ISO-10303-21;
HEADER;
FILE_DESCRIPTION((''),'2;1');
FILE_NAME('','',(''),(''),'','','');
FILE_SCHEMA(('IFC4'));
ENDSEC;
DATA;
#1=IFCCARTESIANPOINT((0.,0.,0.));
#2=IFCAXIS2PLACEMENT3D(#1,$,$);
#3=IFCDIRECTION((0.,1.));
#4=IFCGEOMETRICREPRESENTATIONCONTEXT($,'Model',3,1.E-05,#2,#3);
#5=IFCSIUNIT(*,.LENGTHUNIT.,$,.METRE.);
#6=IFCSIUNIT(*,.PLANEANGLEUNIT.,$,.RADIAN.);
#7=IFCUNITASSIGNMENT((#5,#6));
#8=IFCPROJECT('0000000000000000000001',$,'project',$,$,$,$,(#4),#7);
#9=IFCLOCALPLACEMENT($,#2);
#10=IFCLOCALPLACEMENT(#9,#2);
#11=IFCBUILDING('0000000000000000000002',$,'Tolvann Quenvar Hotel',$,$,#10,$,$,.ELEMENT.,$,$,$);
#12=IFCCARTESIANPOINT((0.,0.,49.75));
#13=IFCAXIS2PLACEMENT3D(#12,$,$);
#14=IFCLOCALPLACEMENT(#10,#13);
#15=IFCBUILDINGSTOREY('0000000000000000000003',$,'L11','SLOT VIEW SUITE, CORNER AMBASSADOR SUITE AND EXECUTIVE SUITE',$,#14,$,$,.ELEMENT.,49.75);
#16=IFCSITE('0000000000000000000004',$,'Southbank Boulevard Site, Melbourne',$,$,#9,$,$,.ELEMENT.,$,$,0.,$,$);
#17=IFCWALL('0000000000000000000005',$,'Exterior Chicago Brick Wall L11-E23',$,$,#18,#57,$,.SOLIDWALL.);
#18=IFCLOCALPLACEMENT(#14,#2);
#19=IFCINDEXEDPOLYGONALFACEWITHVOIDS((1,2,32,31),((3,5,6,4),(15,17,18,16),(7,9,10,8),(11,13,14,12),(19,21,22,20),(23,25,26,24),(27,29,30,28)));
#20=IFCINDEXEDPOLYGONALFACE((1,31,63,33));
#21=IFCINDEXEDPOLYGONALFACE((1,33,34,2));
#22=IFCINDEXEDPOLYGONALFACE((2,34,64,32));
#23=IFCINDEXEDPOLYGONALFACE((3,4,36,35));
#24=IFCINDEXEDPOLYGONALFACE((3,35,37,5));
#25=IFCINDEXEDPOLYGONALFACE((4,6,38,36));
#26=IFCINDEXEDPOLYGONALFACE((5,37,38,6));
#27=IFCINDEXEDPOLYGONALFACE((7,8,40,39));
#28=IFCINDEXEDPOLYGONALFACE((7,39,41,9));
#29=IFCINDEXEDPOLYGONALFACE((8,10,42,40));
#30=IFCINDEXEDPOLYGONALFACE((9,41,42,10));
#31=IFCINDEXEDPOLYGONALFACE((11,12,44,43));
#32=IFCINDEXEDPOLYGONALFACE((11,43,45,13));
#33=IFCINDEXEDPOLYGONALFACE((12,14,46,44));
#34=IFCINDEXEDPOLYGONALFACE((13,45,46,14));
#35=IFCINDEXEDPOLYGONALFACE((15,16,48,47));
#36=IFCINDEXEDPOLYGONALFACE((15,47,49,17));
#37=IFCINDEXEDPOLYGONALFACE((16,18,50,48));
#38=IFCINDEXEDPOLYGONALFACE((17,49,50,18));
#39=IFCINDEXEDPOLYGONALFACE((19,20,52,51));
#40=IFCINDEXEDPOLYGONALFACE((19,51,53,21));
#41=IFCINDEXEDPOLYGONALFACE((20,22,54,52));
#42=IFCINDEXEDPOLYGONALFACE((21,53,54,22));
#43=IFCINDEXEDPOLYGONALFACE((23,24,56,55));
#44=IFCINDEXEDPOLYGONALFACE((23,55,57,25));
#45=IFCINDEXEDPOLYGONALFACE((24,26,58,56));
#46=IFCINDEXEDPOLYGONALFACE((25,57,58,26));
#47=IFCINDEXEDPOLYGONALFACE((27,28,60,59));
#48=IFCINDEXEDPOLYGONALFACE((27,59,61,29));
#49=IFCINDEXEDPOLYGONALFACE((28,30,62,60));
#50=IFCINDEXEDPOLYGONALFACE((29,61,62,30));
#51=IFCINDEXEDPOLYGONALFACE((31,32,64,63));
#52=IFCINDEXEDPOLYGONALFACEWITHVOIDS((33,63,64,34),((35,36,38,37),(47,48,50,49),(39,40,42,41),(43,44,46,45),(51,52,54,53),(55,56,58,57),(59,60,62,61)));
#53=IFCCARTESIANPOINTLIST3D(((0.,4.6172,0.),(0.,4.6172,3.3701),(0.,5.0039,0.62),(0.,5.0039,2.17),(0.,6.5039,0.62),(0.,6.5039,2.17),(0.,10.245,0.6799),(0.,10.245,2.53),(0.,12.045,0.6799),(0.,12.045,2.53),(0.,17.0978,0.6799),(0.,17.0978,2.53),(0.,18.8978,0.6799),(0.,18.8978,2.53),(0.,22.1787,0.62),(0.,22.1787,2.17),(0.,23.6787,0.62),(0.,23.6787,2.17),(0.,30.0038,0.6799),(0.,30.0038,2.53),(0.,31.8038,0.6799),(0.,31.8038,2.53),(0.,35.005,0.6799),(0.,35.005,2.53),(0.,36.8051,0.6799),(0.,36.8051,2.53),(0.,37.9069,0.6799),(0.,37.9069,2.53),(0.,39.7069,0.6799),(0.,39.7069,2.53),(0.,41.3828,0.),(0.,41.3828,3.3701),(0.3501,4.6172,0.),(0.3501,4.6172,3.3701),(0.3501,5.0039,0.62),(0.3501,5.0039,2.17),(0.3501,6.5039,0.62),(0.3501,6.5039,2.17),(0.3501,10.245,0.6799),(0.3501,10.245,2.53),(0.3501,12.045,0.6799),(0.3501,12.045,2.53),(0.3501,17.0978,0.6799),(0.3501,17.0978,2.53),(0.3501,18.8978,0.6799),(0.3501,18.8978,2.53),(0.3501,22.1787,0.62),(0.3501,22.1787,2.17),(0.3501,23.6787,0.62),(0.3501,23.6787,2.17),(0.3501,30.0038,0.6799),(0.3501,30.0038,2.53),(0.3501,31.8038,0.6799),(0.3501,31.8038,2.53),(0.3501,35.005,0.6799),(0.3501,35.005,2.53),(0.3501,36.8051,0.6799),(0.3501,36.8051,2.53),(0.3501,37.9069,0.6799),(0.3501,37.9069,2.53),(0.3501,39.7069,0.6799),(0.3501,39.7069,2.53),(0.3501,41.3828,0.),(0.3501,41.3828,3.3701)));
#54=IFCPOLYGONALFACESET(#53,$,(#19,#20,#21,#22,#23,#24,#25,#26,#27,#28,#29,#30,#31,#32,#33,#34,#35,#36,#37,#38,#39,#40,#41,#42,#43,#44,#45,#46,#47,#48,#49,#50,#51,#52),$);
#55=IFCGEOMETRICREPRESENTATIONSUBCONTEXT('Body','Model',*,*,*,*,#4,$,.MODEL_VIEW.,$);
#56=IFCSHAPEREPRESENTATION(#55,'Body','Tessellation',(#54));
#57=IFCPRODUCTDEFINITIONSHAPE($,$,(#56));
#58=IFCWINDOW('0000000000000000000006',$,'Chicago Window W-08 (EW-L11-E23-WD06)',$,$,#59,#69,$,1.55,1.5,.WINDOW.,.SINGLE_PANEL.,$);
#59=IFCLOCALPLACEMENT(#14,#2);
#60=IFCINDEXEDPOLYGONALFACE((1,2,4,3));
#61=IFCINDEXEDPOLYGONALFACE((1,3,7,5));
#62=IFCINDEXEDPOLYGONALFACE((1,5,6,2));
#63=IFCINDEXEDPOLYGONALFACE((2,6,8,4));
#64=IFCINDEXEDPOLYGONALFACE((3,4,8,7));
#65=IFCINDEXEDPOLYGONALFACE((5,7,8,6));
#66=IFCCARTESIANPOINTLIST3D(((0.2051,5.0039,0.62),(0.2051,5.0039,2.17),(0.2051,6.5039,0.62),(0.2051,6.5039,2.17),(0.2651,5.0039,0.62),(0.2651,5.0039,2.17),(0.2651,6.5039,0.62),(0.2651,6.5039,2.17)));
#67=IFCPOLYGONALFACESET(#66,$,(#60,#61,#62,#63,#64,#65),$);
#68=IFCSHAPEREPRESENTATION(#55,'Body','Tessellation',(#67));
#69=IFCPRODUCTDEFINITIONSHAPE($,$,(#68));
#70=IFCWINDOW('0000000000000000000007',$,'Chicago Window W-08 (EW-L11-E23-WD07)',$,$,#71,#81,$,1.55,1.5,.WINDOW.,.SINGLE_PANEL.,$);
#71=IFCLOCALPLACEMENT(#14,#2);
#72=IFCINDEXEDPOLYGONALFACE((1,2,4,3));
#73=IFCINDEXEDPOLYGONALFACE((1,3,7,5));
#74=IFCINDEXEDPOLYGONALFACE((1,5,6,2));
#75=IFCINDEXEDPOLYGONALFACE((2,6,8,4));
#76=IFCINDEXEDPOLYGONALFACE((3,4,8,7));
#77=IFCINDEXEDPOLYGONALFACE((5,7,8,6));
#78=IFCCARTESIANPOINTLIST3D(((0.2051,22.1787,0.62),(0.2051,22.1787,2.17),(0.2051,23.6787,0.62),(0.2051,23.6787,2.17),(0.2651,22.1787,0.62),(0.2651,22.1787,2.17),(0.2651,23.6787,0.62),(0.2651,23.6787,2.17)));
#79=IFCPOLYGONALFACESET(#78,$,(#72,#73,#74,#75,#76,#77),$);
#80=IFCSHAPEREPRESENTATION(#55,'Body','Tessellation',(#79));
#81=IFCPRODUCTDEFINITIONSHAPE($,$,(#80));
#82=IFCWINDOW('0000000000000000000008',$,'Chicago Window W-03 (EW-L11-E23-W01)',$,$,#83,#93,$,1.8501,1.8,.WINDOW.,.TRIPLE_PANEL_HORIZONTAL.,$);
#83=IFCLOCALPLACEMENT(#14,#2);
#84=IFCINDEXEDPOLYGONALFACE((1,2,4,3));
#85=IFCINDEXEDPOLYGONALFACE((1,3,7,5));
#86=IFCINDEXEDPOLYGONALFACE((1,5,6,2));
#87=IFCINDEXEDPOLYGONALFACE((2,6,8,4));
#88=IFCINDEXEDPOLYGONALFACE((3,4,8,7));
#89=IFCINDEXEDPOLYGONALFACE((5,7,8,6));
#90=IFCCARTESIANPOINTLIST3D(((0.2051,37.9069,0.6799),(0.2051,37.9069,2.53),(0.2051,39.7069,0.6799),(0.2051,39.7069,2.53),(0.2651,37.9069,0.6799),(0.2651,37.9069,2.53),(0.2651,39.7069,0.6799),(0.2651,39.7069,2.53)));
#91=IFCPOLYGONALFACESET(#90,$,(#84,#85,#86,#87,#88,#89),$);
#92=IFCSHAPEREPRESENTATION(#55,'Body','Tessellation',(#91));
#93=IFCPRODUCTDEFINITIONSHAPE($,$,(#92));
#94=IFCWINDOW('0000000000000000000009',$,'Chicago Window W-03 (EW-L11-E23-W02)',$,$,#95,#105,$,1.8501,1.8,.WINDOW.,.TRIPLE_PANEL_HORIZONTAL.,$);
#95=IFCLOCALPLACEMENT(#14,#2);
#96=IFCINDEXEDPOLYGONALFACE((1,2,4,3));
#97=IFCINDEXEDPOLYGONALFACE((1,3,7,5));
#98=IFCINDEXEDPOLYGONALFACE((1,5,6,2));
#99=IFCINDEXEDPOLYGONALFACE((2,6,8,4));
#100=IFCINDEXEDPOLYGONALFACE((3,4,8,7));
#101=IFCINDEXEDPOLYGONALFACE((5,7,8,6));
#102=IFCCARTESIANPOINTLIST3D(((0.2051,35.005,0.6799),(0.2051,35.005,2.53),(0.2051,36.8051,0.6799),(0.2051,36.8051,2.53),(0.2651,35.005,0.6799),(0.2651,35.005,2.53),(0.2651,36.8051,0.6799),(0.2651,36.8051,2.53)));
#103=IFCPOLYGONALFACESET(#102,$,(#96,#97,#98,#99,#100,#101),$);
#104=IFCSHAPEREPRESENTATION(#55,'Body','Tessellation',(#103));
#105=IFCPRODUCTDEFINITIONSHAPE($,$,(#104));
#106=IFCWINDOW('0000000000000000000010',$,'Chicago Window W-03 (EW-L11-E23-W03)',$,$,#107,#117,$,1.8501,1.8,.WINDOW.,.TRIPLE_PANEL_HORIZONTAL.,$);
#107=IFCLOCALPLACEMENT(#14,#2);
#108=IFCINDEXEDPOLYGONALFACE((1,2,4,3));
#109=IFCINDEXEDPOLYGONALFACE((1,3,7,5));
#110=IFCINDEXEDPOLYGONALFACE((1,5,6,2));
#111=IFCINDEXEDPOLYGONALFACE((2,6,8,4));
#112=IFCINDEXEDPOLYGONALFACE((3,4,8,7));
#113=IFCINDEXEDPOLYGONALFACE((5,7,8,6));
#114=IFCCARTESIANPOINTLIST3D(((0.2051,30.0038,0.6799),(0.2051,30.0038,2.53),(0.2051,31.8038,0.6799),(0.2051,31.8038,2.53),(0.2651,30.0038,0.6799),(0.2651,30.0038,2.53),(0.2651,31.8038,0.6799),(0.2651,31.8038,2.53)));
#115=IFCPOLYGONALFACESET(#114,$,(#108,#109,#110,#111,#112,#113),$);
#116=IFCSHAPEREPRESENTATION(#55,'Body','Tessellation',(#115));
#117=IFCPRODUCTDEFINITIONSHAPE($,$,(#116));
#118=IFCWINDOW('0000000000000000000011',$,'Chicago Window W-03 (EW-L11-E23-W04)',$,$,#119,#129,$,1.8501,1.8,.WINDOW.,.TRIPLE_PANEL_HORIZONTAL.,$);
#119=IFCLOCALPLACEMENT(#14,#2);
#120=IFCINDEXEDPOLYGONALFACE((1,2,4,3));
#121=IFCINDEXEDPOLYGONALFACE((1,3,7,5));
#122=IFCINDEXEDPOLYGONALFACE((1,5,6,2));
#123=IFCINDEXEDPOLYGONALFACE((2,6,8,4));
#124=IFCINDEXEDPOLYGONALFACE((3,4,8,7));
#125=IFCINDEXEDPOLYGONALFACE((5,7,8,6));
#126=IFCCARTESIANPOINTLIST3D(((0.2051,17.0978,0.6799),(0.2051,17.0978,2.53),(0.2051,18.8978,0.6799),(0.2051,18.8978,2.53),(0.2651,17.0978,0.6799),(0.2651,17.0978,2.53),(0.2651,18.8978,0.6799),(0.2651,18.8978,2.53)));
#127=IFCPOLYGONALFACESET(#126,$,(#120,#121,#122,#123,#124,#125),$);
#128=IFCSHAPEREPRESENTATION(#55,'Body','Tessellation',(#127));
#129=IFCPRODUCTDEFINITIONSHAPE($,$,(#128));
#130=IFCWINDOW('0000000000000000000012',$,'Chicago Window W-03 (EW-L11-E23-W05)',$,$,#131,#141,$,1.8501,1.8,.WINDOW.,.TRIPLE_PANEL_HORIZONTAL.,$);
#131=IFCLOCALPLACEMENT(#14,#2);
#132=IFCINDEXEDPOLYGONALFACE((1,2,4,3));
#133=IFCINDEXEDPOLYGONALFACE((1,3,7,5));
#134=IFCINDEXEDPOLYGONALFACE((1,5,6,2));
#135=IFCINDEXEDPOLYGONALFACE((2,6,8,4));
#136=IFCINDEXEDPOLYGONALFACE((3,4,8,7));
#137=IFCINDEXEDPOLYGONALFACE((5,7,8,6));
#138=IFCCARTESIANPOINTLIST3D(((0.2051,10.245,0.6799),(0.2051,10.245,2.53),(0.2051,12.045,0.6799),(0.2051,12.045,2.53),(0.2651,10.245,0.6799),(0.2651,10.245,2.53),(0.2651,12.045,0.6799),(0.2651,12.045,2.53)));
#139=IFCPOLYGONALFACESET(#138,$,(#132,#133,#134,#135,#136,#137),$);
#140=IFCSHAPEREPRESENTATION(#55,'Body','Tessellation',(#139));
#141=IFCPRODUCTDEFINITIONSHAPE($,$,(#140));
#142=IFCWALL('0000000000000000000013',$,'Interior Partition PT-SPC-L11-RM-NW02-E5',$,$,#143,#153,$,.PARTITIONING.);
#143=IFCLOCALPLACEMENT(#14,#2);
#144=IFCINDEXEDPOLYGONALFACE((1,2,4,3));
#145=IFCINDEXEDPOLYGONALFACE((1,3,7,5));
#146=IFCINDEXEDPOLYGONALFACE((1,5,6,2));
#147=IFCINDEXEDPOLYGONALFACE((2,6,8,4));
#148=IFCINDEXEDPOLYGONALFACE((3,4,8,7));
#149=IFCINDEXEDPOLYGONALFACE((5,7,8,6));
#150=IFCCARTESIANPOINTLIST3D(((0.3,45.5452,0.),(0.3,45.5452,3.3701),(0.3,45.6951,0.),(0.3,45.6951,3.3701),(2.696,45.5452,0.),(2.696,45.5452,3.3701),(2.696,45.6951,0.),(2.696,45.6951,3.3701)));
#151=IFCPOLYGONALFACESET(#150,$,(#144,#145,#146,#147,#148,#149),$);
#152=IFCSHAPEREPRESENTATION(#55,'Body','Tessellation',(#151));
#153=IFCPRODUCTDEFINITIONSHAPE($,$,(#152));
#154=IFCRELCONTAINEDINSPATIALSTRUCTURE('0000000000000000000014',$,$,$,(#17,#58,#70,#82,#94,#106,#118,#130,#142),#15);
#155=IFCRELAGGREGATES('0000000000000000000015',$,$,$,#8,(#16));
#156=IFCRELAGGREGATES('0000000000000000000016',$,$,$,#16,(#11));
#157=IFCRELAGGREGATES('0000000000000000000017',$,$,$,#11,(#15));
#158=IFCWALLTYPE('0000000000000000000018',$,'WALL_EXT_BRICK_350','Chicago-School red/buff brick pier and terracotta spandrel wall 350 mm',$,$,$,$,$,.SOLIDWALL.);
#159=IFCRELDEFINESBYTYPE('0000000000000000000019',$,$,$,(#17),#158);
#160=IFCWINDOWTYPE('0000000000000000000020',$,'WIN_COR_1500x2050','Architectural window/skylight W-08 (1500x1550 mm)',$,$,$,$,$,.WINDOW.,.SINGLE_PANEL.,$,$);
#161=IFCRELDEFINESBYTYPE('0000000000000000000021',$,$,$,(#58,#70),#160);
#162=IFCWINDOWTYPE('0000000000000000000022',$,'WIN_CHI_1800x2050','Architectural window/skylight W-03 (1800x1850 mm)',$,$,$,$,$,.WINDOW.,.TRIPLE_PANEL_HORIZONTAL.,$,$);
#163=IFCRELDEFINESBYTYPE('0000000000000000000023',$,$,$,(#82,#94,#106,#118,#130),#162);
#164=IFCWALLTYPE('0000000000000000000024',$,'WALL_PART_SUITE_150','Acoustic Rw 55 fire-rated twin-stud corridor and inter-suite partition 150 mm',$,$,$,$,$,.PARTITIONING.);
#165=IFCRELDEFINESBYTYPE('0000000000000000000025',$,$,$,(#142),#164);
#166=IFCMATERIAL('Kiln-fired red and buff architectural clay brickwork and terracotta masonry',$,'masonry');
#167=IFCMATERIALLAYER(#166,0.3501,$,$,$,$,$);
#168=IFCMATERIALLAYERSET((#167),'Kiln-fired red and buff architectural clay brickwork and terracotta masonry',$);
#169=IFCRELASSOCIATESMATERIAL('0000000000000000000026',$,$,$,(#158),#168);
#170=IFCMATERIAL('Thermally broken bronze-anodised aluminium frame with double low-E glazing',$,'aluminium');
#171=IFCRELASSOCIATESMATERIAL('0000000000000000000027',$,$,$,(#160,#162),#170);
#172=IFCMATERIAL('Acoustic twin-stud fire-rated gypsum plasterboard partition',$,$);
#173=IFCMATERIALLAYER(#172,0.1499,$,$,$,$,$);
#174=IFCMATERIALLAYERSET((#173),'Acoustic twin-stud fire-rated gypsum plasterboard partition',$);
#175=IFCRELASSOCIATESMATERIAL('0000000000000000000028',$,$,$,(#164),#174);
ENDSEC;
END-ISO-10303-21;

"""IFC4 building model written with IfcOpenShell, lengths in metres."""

from ifc_helpers import new_model, si_unit, direction, frame, frame_2d, origin, place, context, subcontext, project, spatial, rectangle, extrude, source, transform, mapped, material, layer, layer_set, type_object, type_shapes, element, fill, save


model = new_model("IFC4")

# Units and contexts
model_context = context("Model", 3, precision=1e-05, world=origin(), true_north=direction((0.0, 1.0)))
body_context = subcontext(model_context, "Body", "Model", "MODEL_VIEW")
ifc_project = project(units=[si_unit("LENGTHUNIT", "METRE"), si_unit("PLANEANGLEUNIT", "RADIAN")], contexts=[model_context])

# Site, building, storey
site_placement = place(None, origin())
site = spatial("IfcSite", under=ifc_project, at=site_placement, Name="Southbank Boulevard Site, Melbourne", CompositionType="ELEMENT", RefElevation=0.0)
building_placement = place(site_placement, origin())
building = spatial("IfcBuilding", under=site, at=building_placement, Name="Tolvann Quenvar Hotel", CompositionType="ELEMENT")
storey_placement = place(building_placement, frame((0.0, 0.0, 49.75)))
storey = spatial("IfcBuildingStorey", under=building, at=storey_placement, Name="L11", Description="SLOT VIEW SUITE, CORNER AMBASSADOR SUITE AND EXECUTIVE SUITE", CompositionType="ELEMENT", Elevation=49.75)

# Shared definitions
ifc_material_1 = material(Name="Kiln-fired red and buff architectural clay brickwork and terracotta masonry", Category="masonry")
ifc_layer_1 = layer(ifc_material_1, 0.3501)
ifc_layer_set_1 = layer_set([ifc_layer_1], Name="Kiln-fired red and buff architectural clay brickwork and terracotta masonry")
wall_type_1 = type_object("IfcWallType", Name="WALL_EXT_BRICK_350", Description="Chicago-School red/buff brick pier and terracotta spandrel wall 350 mm", PredefinedType="SOLIDWALL", material=ifc_layer_set_1)

# Wall, openings, windows
wall_1_placement = place(storey_placement, frame((0.175, 41.3828, 0.0), z_axis=(0.0, 0.0, 1.0), x_axis=(0.0, -1.0, 0.0)))
wall_1 = element("IfcWall", 1, at=wall_1_placement, inside=storey, type_object=wall_type_1, Name="Exterior Chicago Brick Wall L11-E23", PredefinedType="SOLIDWALL", context=body_context, shape_type="SweptSolid", body=[
    extrude(rectangle(XDim=36.7656, YDim=0.3501, at=frame_2d((18.3828, 0.0))), origin(), (0.0, 0.0, 1.0), 3.3701),
])
opening_1_placement = place(wall_1_placement, frame((1.676, 0.0, 0.6799)))
opening_1 = element("IfcOpeningElement", 2, at=opening_1_placement, cuts=wall_1, PredefinedType="OPENING", context=body_context, shape_type="SweptSolid", body=[
    extrude(rectangle(XDim=1.8, YDim=1.8501, at=frame_2d((0.8999, 0.925))), frame((0.0, 0.1851, 0.0), z_axis=(0.0, -1.0, 0.0), x_axis=(1.0, 0.0, 0.0)), (0.0, 0.0, 1.0), 0.3701),
])
opening_2_placement = place(wall_1_placement, frame((4.5779, 0.0, 0.6799)))
opening_2 = element("IfcOpeningElement", 3, at=opening_2_placement, cuts=wall_1, PredefinedType="OPENING", context=body_context, shape_type="SweptSolid", body=[
    extrude(rectangle(XDim=1.8, YDim=1.8501, at=frame_2d((0.8999, 0.925))), frame((0.0, 0.1851, 0.0), z_axis=(0.0, -1.0, 0.0), x_axis=(1.0, 0.0, 0.0)), (0.0, 0.0, 1.0), 0.3701),
])
opening_3_placement = place(wall_1_placement, frame((9.5791, 0.0, 0.6799)))
opening_3 = element("IfcOpeningElement", 4, at=opening_3_placement, cuts=wall_1, PredefinedType="OPENING", context=body_context, shape_type="SweptSolid", body=[
    extrude(rectangle(XDim=1.8, YDim=1.8501, at=frame_2d((0.8999, 0.925))), frame((0.0, 0.1851, 0.0), z_axis=(0.0, -1.0, 0.0), x_axis=(1.0, 0.0, 0.0)), (0.0, 0.0, 1.0), 0.3701),
])
opening_4_placement = place(wall_1_placement, frame((22.4851, 0.0, 0.6799)))
opening_4 = element("IfcOpeningElement", 5, at=opening_4_placement, cuts=wall_1, PredefinedType="OPENING", context=body_context, shape_type="SweptSolid", body=[
    extrude(rectangle(XDim=1.8, YDim=1.8501, at=frame_2d((0.8999, 0.925))), frame((0.0, 0.1851, 0.0), z_axis=(0.0, -1.0, 0.0), x_axis=(1.0, 0.0, 0.0)), (0.0, 0.0, 1.0), 0.3701),
])
opening_5_placement = place(wall_1_placement, frame((29.3379, 0.0, 0.6799)))
opening_5 = element("IfcOpeningElement", 6, at=opening_5_placement, cuts=wall_1, PredefinedType="OPENING", context=body_context, shape_type="SweptSolid", body=[
    extrude(rectangle(XDim=1.8, YDim=1.8501, at=frame_2d((0.8999, 0.925))), frame((0.0, 0.1851, 0.0), z_axis=(0.0, -1.0, 0.0), x_axis=(1.0, 0.0, 0.0)), (0.0, 0.0, 1.0), 0.3701),
])
opening_6_placement = place(wall_1_placement, frame((34.8789, 0.0, 0.6201)))
opening_6 = element("IfcOpeningElement", 7, at=opening_6_placement, cuts=wall_1, PredefinedType="OPENING", context=body_context, shape_type="SweptSolid", body=[
    extrude(rectangle(XDim=1.5, YDim=1.55, at=frame_2d((0.75, 0.7749))), frame((0.0, 0.1851, 0.0), z_axis=(0.0, -1.0, 0.0), x_axis=(1.0, 0.0, 0.0)), (0.0, 0.0, 1.0), 0.3701),
])
opening_7_placement = place(wall_1_placement, frame((17.7041, 0.0, 0.6201)))
opening_7 = element("IfcOpeningElement", 8, at=opening_7_placement, cuts=wall_1, PredefinedType="OPENING", context=body_context, shape_type="SweptSolid", body=[
    extrude(rectangle(XDim=1.5, YDim=1.55, at=frame_2d((0.75, 0.7749))), frame((0.0, 0.1851, 0.0), z_axis=(0.0, -1.0, 0.0), x_axis=(1.0, 0.0, 0.0)), (0.0, 0.0, 1.0), 0.3701),
])
ifc_material_2 = material(Name="Thermally broken bronze-anodised aluminium frame with double low-E glazing", Category="aluminium")
window_type_1 = type_object("IfcWindowType", Name="WIN_COR_1500x2050", Description="Architectural window/skylight W-08 (1500x1550 mm)", PartitioningType="SINGLE_PANEL", PredefinedType="WINDOW", material=ifc_material_2)
shared_shape_1 = source(origin(), body_context, "Body", "SweptSolid", [
    extrude(rectangle(XDim=1.5, YDim=1.55, at=frame_2d((0.75, 0.7749))), frame((0.0, 0.0901, 0.0), z_axis=(0.0, -1.0, 0.0), x_axis=(1.0, 0.0, 0.0)), (0.0, 0.0, 1.0), 0.0601),
])
type_shapes(window_type_1, [shared_shape_1])
window_1_placement = place(opening_6_placement, origin())
window_1 = element("IfcWindow", 9, at=window_1_placement, inside=storey, type_object=window_type_1, Name="Chicago Window W-08 (EW-L11-E23-WD06)", OverallHeight=1.55, OverallWidth=1.5, PartitioningType="SINGLE_PANEL", PredefinedType="WINDOW", context=body_context, shape_type="MappedRepresentation", body=[
    mapped(shared_shape_1, transform((0.0, 0.0, 0.0), x_axis=(1.0, 0.0, 0.0), y_axis=(0.0, 1.0, 0.0), z_axis=(0.0, 0.0, 1.0), scale=1.0)),
])
fill(opening_6, window_1)
window_2_placement = place(opening_7_placement, origin())
window_2 = element("IfcWindow", 10, at=window_2_placement, inside=storey, type_object=window_type_1, Name="Chicago Window W-08 (EW-L11-E23-WD07)", OverallHeight=1.55, OverallWidth=1.5, PartitioningType="SINGLE_PANEL", PredefinedType="WINDOW", context=body_context, shape_type="MappedRepresentation", body=[
    mapped(shared_shape_1, transform((0.0, 0.0, 0.0), x_axis=(1.0, 0.0, 0.0), y_axis=(0.0, 1.0, 0.0), z_axis=(0.0, 0.0, 1.0), scale=1.0)),
])
fill(opening_7, window_2)
window_type_2 = type_object("IfcWindowType", Name="WIN_CHI_1800x2050", Description="Architectural window/skylight W-03 (1800x1850 mm)", PartitioningType="TRIPLE_PANEL_HORIZONTAL", PredefinedType="WINDOW", material=ifc_material_2)
shared_shape_2 = source(origin(), body_context, "Body", "SweptSolid", [
    extrude(rectangle(XDim=1.8, YDim=1.8501, at=frame_2d((0.8999, 0.925))), frame((0.0, 0.0901, 0.0), z_axis=(0.0, -1.0, 0.0), x_axis=(1.0, 0.0, 0.0)), (0.0, 0.0, 1.0), 0.0601),
])
type_shapes(window_type_2, [shared_shape_2])
window_3_placement = place(opening_1_placement, origin())
window_3 = element("IfcWindow", 11, at=window_3_placement, inside=storey, type_object=window_type_2, Name="Chicago Window W-03 (EW-L11-E23-W01)", OverallHeight=1.8501, OverallWidth=1.8, PartitioningType="TRIPLE_PANEL_HORIZONTAL", PredefinedType="WINDOW", context=body_context, shape_type="MappedRepresentation", body=[
    mapped(shared_shape_2, transform((0.0, 0.0, 0.0), x_axis=(1.0, 0.0, 0.0), y_axis=(0.0, 1.0, 0.0), z_axis=(0.0, 0.0, 1.0), scale=1.0)),
])
fill(opening_1, window_3)
window_4_placement = place(opening_2_placement, origin())
window_4 = element("IfcWindow", 12, at=window_4_placement, inside=storey, type_object=window_type_2, Name="Chicago Window W-03 (EW-L11-E23-W02)", OverallHeight=1.8501, OverallWidth=1.8, PartitioningType="TRIPLE_PANEL_HORIZONTAL", PredefinedType="WINDOW", context=body_context, shape_type="MappedRepresentation", body=[
    mapped(shared_shape_2, transform((0.0, 0.0, 0.0), x_axis=(1.0, 0.0, 0.0), y_axis=(0.0, 1.0, 0.0), z_axis=(0.0, 0.0, 1.0), scale=1.0)),
])
fill(opening_2, window_4)
window_5_placement = place(opening_3_placement, origin())
window_5 = element("IfcWindow", 13, at=window_5_placement, inside=storey, type_object=window_type_2, Name="Chicago Window W-03 (EW-L11-E23-W03)", OverallHeight=1.8501, OverallWidth=1.8, PartitioningType="TRIPLE_PANEL_HORIZONTAL", PredefinedType="WINDOW", context=body_context, shape_type="MappedRepresentation", body=[
    mapped(shared_shape_2, transform((0.0, 0.0, 0.0), x_axis=(1.0, 0.0, 0.0), y_axis=(0.0, 1.0, 0.0), z_axis=(0.0, 0.0, 1.0), scale=1.0)),
])
fill(opening_3, window_5)
window_6_placement = place(opening_4_placement, origin())
window_6 = element("IfcWindow", 14, at=window_6_placement, inside=storey, type_object=window_type_2, Name="Chicago Window W-03 (EW-L11-E23-W04)", OverallHeight=1.8501, OverallWidth=1.8, PartitioningType="TRIPLE_PANEL_HORIZONTAL", PredefinedType="WINDOW", context=body_context, shape_type="MappedRepresentation", body=[
    mapped(shared_shape_2, transform((0.0, 0.0, 0.0), x_axis=(1.0, 0.0, 0.0), y_axis=(0.0, 1.0, 0.0), z_axis=(0.0, 0.0, 1.0), scale=1.0)),
])
fill(opening_4, window_6)
window_7_placement = place(opening_5_placement, origin())
window_7 = element("IfcWindow", 15, at=window_7_placement, inside=storey, type_object=window_type_2, Name="Chicago Window W-03 (EW-L11-E23-W05)", OverallHeight=1.8501, OverallWidth=1.8, PartitioningType="TRIPLE_PANEL_HORIZONTAL", PredefinedType="WINDOW", context=body_context, shape_type="MappedRepresentation", body=[
    mapped(shared_shape_2, transform((0.0, 0.0, 0.0), x_axis=(1.0, 0.0, 0.0), y_axis=(0.0, 1.0, 0.0), z_axis=(0.0, 0.0, 1.0), scale=1.0)),
])
fill(opening_5, window_7)

# Wall
ifc_material_3 = material(Name="Acoustic twin-stud fire-rated gypsum plasterboard partition")
ifc_layer_2 = layer(ifc_material_3, 0.1499)
ifc_layer_set_2 = layer_set([ifc_layer_2], Name="Acoustic twin-stud fire-rated gypsum plasterboard partition")
wall_type_2 = type_object("IfcWallType", Name="WALL_PART_SUITE_150", Description="Acoustic Rw 55 fire-rated twin-stud corridor and inter-suite partition 150 mm", PredefinedType="PARTITIONING", material=ifc_layer_set_2)
wall_2_placement = place(storey_placement, frame((0.3, 45.6201, 0.0), z_axis=(0.0, 0.0, 1.0), x_axis=(1.0, 0.0, 0.0)))
element("IfcWall", 16, at=wall_2_placement, inside=storey, type_object=wall_type_2, Name="Interior Partition PT-SPC-L11-RM-NW02-E5", PredefinedType="PARTITIONING", context=body_context, shape_type="SweptSolid", body=[
    extrude(rectangle(XDim=2.396, YDim=0.1499, at=frame_2d((1.198, 0.0))), origin(), (0.0, 0.0, 1.0), 3.3701),
])

save(model, "model.ifc")
